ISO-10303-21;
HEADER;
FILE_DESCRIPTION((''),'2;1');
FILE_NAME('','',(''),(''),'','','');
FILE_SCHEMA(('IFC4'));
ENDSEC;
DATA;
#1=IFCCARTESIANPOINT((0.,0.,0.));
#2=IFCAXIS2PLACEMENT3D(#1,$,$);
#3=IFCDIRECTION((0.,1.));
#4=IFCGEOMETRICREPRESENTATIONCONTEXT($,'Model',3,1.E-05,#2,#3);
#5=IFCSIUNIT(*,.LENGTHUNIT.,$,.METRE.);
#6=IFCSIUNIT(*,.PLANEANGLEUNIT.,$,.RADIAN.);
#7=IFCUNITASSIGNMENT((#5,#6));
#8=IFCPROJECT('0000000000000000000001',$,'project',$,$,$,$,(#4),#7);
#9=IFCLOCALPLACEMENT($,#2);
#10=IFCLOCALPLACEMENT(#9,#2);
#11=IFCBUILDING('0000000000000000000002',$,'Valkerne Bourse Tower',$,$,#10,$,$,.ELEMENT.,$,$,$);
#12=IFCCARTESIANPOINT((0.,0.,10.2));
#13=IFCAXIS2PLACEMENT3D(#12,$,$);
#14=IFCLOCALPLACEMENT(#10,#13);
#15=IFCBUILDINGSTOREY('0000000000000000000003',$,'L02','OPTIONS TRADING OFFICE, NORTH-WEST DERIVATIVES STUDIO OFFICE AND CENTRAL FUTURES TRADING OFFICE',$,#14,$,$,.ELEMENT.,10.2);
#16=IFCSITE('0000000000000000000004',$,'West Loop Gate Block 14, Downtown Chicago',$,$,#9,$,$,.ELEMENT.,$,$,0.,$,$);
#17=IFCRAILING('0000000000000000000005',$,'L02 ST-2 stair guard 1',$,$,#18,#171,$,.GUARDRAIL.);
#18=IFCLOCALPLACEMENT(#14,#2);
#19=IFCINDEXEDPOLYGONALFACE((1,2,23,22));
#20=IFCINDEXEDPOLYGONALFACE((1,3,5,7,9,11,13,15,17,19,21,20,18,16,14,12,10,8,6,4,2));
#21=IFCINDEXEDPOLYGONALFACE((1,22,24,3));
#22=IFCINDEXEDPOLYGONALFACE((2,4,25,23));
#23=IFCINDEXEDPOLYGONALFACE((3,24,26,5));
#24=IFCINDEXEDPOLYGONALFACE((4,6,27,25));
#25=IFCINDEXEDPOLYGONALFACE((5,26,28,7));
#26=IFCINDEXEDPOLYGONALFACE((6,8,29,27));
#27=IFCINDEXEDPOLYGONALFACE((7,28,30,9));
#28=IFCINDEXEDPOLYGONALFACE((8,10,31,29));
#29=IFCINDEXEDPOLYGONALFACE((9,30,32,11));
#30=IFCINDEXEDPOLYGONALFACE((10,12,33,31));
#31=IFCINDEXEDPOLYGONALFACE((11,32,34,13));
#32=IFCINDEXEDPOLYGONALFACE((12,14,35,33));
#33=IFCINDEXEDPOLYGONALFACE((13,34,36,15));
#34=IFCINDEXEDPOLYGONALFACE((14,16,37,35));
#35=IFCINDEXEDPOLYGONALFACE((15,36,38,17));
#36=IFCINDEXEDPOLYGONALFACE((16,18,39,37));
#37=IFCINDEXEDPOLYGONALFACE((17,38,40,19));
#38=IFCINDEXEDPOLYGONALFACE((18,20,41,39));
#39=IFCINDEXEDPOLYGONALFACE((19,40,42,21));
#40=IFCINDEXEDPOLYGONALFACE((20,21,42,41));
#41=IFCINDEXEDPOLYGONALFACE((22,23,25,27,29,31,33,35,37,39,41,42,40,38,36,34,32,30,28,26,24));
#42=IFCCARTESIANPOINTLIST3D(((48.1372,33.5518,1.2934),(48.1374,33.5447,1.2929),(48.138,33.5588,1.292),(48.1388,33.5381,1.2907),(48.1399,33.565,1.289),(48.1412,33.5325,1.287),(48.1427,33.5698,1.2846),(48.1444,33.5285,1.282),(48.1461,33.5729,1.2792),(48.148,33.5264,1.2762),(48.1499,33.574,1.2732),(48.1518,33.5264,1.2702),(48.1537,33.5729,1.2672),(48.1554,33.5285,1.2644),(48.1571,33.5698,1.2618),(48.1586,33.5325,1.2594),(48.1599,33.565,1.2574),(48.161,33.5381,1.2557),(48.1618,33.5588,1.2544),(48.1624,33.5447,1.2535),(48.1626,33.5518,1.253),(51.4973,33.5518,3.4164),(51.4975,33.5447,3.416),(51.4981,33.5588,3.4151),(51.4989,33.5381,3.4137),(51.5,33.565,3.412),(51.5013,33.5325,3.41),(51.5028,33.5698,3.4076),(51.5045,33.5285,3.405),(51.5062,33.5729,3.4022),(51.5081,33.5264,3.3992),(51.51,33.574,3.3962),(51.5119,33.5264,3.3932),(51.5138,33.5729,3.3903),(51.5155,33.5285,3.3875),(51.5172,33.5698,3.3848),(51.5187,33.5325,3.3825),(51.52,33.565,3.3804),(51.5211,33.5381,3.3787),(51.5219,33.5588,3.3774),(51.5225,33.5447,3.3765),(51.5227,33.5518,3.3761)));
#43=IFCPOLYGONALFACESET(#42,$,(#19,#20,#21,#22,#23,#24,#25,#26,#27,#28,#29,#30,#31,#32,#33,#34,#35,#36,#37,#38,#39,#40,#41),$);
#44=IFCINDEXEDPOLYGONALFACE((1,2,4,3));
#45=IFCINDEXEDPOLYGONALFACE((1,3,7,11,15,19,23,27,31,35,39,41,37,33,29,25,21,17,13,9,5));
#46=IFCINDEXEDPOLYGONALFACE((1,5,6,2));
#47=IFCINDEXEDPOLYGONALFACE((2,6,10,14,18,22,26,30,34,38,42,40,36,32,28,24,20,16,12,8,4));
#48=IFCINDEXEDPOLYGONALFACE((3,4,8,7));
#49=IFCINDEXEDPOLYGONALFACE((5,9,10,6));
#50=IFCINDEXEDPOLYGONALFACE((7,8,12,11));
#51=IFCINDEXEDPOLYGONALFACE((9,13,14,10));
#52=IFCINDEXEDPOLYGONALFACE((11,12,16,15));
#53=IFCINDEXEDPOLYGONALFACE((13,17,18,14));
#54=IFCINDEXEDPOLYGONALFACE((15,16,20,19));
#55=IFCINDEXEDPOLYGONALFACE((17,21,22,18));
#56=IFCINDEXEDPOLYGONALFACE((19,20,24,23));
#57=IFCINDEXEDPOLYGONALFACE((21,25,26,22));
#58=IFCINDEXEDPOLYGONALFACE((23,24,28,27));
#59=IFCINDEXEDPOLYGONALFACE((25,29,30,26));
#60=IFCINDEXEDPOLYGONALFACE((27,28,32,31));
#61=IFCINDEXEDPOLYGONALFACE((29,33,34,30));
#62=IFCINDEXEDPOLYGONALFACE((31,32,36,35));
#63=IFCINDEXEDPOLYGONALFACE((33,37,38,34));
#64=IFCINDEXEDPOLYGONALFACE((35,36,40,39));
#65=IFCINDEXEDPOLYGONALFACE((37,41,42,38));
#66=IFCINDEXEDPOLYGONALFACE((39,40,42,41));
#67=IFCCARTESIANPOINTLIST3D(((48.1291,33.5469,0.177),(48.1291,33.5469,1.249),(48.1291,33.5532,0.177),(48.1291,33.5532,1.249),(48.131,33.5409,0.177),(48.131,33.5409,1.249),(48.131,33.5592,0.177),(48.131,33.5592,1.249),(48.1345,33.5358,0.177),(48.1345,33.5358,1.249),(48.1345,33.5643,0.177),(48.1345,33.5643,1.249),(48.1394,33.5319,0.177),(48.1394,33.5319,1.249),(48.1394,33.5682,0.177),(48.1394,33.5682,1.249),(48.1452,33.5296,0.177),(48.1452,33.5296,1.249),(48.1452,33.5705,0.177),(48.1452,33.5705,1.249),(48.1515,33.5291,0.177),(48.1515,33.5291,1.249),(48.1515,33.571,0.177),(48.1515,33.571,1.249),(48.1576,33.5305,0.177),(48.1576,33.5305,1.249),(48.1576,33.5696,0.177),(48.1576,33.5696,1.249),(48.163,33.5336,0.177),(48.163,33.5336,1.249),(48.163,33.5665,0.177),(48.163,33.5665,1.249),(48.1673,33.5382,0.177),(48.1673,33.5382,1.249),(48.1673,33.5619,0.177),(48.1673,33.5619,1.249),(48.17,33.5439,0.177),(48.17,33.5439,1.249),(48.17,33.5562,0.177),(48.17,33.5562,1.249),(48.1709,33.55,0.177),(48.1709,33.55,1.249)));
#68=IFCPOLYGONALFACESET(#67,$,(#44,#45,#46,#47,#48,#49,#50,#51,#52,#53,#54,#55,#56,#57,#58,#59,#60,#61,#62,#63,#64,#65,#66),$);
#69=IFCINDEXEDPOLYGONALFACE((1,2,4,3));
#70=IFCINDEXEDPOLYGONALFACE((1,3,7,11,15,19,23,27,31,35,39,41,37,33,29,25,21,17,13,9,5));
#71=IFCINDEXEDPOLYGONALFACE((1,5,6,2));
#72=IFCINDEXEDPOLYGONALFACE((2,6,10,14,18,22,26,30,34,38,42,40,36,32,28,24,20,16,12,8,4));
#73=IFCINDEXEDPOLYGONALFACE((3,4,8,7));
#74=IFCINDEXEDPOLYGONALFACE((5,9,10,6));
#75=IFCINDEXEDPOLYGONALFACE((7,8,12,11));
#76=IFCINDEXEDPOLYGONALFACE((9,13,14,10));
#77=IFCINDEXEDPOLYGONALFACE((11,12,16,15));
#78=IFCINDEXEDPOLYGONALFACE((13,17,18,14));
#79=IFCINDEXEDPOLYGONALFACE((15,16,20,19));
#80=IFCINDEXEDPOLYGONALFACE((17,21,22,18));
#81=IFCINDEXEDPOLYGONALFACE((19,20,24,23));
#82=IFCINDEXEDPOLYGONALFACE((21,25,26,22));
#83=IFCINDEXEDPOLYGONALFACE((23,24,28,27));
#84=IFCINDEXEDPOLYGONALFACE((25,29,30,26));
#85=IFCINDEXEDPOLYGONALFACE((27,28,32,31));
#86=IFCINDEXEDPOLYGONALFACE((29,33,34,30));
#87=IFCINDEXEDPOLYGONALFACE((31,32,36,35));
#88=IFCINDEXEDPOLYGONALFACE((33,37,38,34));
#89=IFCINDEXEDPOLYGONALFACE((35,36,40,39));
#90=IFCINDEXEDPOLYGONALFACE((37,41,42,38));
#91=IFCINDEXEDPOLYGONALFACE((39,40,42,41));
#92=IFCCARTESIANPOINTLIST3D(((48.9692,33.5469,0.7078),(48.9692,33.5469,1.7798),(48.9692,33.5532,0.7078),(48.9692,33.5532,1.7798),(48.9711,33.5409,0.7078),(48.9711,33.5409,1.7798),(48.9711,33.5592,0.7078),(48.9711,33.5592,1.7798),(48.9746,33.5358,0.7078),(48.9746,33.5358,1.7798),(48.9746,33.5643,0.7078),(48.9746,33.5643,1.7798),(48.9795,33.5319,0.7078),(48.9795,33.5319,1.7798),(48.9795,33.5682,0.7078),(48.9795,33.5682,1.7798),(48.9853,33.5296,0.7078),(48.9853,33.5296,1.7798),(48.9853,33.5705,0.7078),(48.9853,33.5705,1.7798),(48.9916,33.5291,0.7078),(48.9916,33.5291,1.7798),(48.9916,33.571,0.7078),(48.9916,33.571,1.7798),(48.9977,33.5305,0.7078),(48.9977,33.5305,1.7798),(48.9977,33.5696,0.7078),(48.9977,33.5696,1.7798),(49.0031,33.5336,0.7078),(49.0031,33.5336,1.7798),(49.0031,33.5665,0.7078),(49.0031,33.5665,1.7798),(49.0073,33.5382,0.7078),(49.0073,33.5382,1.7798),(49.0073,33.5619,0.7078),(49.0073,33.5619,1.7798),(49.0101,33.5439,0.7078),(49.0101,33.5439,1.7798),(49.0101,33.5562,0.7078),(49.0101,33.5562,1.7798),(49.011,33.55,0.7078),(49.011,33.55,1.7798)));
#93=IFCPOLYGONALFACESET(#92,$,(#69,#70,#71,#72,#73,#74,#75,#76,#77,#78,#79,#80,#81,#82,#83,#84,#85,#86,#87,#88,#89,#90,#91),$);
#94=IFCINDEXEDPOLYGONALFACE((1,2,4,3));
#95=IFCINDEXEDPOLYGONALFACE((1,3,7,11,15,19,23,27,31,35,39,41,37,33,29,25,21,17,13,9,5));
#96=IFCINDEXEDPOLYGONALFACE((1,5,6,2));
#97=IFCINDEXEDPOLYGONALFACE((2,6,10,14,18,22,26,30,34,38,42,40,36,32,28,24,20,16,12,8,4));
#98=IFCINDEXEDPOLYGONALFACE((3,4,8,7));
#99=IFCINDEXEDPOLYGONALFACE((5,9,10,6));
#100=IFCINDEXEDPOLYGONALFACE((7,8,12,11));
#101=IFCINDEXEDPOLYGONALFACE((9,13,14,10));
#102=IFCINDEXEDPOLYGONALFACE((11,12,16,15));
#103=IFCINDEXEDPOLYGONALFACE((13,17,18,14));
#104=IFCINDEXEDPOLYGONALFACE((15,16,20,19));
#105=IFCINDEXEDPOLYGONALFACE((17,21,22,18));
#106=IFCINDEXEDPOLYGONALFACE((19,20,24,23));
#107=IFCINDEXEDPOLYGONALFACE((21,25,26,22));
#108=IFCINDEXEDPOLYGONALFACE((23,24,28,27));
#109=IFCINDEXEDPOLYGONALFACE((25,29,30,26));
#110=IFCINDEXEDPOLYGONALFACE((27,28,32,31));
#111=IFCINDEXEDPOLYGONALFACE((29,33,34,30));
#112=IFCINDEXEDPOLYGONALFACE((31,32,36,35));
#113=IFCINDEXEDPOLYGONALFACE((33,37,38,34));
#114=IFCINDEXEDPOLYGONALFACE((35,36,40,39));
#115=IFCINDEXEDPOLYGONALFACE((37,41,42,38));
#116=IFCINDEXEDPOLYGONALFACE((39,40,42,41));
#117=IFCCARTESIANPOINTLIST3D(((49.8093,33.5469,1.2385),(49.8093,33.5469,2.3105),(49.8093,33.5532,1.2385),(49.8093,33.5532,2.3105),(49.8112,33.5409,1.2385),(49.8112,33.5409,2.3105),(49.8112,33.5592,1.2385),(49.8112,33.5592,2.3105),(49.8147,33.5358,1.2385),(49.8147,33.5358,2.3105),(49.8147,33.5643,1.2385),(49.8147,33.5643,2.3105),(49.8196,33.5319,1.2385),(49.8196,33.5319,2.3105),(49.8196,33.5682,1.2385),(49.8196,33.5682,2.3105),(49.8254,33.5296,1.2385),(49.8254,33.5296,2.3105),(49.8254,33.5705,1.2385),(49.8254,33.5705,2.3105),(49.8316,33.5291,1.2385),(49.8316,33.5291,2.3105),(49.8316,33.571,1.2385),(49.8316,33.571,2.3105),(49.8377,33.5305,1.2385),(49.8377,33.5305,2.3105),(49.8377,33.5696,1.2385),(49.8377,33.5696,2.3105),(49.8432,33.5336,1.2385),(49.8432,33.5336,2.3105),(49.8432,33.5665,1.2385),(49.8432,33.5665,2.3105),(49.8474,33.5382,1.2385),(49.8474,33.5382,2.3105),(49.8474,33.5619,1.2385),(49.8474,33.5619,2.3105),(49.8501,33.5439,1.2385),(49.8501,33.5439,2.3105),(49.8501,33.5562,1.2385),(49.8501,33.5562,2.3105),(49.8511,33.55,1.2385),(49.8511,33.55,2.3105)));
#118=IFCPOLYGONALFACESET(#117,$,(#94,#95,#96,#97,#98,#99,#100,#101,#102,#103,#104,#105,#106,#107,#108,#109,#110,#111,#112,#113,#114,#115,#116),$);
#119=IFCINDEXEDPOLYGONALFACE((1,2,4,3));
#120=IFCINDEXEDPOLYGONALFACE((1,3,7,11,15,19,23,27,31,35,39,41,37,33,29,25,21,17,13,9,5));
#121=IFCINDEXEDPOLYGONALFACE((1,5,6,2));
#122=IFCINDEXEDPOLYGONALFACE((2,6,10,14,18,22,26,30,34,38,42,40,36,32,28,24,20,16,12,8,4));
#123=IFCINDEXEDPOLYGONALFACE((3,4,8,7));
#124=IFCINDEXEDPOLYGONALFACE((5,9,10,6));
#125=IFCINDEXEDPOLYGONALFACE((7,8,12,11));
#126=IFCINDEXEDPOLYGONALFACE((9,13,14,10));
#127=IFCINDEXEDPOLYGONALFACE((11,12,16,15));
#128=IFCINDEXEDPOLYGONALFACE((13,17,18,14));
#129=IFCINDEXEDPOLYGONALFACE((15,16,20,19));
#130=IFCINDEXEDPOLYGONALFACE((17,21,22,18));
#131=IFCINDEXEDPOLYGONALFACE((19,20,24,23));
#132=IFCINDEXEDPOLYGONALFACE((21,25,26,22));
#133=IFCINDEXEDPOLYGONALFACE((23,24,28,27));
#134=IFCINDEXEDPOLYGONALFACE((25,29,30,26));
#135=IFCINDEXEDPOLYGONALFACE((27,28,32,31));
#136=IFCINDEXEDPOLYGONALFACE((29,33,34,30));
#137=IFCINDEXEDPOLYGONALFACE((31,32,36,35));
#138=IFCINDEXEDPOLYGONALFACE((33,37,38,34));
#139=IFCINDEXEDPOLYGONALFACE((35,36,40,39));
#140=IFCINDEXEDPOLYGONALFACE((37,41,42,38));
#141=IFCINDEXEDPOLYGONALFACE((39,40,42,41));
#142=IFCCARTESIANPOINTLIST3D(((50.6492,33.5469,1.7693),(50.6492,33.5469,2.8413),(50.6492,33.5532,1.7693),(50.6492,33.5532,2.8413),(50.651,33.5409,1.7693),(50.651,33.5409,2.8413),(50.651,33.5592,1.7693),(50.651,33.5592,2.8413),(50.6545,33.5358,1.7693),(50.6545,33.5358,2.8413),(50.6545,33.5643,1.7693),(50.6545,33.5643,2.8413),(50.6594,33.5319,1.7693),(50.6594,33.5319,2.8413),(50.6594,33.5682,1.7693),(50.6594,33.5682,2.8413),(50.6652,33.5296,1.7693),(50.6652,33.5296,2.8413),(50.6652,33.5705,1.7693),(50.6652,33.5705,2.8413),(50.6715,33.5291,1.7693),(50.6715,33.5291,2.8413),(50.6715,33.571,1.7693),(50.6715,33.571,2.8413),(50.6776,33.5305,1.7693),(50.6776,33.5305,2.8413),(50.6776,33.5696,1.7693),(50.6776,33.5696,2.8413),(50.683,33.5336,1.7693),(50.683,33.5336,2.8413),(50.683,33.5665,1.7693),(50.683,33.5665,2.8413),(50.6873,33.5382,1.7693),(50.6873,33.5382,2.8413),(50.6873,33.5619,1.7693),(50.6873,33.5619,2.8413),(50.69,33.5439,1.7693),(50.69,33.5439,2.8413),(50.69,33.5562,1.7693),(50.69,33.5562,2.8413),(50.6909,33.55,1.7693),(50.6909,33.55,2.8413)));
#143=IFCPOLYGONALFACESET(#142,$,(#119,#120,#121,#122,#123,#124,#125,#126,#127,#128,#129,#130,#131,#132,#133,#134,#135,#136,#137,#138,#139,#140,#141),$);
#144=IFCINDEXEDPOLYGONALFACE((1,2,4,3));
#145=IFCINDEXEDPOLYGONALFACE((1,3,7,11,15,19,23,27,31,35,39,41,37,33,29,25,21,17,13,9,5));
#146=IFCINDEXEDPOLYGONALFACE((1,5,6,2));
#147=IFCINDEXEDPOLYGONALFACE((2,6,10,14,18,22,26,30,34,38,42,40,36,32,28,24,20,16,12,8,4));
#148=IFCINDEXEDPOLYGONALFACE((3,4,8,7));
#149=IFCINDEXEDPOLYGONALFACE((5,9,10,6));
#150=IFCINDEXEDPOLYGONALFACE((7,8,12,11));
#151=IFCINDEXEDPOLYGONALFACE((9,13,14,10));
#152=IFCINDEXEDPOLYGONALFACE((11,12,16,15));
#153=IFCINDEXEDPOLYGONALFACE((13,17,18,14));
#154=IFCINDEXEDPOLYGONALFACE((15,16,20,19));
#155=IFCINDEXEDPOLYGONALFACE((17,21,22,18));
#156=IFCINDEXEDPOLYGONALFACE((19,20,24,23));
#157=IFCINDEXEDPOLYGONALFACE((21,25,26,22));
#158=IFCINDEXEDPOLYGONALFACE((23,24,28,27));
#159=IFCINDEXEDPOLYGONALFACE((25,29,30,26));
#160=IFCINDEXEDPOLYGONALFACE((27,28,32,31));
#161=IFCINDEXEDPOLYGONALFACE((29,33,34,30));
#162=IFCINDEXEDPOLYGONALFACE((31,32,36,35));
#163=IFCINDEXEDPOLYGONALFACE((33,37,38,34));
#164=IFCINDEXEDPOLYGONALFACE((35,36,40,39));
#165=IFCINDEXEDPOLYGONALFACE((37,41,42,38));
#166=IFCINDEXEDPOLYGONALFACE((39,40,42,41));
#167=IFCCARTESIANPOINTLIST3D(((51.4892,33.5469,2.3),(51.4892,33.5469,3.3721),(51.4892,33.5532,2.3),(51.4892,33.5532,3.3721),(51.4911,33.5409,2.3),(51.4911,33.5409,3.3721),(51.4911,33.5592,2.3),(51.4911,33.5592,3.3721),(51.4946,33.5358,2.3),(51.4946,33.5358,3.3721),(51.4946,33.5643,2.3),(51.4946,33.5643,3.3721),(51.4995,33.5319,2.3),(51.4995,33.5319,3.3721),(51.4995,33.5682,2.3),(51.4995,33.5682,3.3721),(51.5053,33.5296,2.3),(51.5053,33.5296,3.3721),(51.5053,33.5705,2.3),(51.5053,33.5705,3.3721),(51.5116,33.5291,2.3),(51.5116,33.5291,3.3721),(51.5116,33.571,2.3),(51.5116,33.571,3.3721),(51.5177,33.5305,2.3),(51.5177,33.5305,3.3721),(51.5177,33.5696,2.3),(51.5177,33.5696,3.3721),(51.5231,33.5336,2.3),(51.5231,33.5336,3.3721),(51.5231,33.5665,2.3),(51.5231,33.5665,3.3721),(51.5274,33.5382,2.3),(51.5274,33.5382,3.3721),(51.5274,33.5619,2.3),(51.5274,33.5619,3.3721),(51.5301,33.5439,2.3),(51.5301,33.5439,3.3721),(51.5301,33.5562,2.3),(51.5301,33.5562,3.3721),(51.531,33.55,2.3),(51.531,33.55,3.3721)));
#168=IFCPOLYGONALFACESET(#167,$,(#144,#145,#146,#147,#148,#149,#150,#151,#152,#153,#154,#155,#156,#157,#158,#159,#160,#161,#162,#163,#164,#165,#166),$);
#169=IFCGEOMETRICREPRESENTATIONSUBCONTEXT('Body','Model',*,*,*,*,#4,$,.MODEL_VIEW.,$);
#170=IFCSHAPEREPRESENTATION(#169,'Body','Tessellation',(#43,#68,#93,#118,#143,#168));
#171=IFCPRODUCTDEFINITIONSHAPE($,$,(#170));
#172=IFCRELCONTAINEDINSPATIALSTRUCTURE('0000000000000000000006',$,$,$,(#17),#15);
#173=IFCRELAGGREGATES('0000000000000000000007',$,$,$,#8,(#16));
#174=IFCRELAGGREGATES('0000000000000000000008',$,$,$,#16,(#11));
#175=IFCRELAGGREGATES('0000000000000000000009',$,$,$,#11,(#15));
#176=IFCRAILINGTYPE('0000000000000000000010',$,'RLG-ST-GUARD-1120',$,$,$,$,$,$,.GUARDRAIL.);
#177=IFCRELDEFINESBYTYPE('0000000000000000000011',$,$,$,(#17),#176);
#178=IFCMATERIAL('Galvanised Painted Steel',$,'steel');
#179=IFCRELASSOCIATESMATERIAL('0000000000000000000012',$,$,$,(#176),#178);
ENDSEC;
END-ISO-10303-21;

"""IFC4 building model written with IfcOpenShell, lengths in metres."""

from ifc_helpers import new_model, si_unit, direction, frame, origin, origin_2d, place, context, subcontext, project, spatial, circle, extrude, material, type_object, element, save


model = new_model("IFC4")

# Units and contexts
model_context = context("Model", 3, precision=1e-05, world=origin(), true_north=direction((0.0, 1.0)))
body_context = subcontext(model_context, "Body", "Model", "MODEL_VIEW")
ifc_project = project(units=[si_unit("LENGTHUNIT", "METRE"), si_unit("PLANEANGLEUNIT", "RADIAN")], contexts=[model_context])

# Site, building, storey
site_placement = place(None, origin())
site = spatial("IfcSite", under=ifc_project, at=site_placement, Name="West Loop Gate Block 14, Downtown Chicago", CompositionType="ELEMENT", RefElevation=0.0)
building_placement = place(site_placement, origin())
building = spatial("IfcBuilding", under=site, at=building_placement, Name="Valkerne Bourse Tower", CompositionType="ELEMENT")
storey_placement = place(building_placement, frame((0.0, 0.0, 10.2)))
storey = spatial("IfcBuildingStorey", under=building, at=storey_placement, Name="L02", Description="OPTIONS TRADING OFFICE, NORTH-WEST DERIVATIVES STUDIO OFFICE AND CENTRAL FUTURES TRADING OFFICE", CompositionType="ELEMENT", Elevation=10.2)

# Shared definitions
ifc_material_1 = material(Name="Galvanised Painted Steel", Category="steel")

# Railing
railing_type_1 = type_object("IfcRailingType", Name="RLG-ST-GUARD-1120", PredefinedType="GUARDRAIL", material=ifc_material_1)
railing_1_placement = place(storey_placement, frame((48.1499, 33.55, 0.177)))
element("IfcRailing", 1, at=railing_1_placement, inside=storey, type_object=railing_type_1, Name="L02 ST-2 stair guard 1", PredefinedType="GUARDRAIL", context=body_context, shape_type="SweptSolid", body=[
    extrude(circle(Radius=0.0239, at=origin_2d()), frame((0.0, 0.0, 1.0962), z_axis=(0.84539, 0.0, 0.53415), x_axis=(0.0, 1.0, 0.0)), (0.0, 0.0, 1.0), 3.9746),
    extrude(circle(Radius=0.021, at=origin_2d()), origin(), (0.0, 0.0, 1.0), 1.072),
    extrude(circle(Radius=0.021, at=origin_2d()), frame((0.8401, 0.0, 0.5308)), (0.0, 0.0, 1.0), 1.072),
    extrude(circle(Radius=0.021, at=origin_2d()), frame((1.6802, 0.0, 1.0615)), (0.0, 0.0, 1.0), 1.072),
    extrude(circle(Radius=0.021, at=origin_2d()), frame((2.52, 0.0, 1.5923)), (0.0, 0.0, 1.0), 1.072),
    extrude(circle(Radius=0.021, at=origin_2d()), frame((3.3601, 0.0, 2.123)), (0.0, 0.0, 1.0), 1.072),
])

save(model, "model.ifc")
